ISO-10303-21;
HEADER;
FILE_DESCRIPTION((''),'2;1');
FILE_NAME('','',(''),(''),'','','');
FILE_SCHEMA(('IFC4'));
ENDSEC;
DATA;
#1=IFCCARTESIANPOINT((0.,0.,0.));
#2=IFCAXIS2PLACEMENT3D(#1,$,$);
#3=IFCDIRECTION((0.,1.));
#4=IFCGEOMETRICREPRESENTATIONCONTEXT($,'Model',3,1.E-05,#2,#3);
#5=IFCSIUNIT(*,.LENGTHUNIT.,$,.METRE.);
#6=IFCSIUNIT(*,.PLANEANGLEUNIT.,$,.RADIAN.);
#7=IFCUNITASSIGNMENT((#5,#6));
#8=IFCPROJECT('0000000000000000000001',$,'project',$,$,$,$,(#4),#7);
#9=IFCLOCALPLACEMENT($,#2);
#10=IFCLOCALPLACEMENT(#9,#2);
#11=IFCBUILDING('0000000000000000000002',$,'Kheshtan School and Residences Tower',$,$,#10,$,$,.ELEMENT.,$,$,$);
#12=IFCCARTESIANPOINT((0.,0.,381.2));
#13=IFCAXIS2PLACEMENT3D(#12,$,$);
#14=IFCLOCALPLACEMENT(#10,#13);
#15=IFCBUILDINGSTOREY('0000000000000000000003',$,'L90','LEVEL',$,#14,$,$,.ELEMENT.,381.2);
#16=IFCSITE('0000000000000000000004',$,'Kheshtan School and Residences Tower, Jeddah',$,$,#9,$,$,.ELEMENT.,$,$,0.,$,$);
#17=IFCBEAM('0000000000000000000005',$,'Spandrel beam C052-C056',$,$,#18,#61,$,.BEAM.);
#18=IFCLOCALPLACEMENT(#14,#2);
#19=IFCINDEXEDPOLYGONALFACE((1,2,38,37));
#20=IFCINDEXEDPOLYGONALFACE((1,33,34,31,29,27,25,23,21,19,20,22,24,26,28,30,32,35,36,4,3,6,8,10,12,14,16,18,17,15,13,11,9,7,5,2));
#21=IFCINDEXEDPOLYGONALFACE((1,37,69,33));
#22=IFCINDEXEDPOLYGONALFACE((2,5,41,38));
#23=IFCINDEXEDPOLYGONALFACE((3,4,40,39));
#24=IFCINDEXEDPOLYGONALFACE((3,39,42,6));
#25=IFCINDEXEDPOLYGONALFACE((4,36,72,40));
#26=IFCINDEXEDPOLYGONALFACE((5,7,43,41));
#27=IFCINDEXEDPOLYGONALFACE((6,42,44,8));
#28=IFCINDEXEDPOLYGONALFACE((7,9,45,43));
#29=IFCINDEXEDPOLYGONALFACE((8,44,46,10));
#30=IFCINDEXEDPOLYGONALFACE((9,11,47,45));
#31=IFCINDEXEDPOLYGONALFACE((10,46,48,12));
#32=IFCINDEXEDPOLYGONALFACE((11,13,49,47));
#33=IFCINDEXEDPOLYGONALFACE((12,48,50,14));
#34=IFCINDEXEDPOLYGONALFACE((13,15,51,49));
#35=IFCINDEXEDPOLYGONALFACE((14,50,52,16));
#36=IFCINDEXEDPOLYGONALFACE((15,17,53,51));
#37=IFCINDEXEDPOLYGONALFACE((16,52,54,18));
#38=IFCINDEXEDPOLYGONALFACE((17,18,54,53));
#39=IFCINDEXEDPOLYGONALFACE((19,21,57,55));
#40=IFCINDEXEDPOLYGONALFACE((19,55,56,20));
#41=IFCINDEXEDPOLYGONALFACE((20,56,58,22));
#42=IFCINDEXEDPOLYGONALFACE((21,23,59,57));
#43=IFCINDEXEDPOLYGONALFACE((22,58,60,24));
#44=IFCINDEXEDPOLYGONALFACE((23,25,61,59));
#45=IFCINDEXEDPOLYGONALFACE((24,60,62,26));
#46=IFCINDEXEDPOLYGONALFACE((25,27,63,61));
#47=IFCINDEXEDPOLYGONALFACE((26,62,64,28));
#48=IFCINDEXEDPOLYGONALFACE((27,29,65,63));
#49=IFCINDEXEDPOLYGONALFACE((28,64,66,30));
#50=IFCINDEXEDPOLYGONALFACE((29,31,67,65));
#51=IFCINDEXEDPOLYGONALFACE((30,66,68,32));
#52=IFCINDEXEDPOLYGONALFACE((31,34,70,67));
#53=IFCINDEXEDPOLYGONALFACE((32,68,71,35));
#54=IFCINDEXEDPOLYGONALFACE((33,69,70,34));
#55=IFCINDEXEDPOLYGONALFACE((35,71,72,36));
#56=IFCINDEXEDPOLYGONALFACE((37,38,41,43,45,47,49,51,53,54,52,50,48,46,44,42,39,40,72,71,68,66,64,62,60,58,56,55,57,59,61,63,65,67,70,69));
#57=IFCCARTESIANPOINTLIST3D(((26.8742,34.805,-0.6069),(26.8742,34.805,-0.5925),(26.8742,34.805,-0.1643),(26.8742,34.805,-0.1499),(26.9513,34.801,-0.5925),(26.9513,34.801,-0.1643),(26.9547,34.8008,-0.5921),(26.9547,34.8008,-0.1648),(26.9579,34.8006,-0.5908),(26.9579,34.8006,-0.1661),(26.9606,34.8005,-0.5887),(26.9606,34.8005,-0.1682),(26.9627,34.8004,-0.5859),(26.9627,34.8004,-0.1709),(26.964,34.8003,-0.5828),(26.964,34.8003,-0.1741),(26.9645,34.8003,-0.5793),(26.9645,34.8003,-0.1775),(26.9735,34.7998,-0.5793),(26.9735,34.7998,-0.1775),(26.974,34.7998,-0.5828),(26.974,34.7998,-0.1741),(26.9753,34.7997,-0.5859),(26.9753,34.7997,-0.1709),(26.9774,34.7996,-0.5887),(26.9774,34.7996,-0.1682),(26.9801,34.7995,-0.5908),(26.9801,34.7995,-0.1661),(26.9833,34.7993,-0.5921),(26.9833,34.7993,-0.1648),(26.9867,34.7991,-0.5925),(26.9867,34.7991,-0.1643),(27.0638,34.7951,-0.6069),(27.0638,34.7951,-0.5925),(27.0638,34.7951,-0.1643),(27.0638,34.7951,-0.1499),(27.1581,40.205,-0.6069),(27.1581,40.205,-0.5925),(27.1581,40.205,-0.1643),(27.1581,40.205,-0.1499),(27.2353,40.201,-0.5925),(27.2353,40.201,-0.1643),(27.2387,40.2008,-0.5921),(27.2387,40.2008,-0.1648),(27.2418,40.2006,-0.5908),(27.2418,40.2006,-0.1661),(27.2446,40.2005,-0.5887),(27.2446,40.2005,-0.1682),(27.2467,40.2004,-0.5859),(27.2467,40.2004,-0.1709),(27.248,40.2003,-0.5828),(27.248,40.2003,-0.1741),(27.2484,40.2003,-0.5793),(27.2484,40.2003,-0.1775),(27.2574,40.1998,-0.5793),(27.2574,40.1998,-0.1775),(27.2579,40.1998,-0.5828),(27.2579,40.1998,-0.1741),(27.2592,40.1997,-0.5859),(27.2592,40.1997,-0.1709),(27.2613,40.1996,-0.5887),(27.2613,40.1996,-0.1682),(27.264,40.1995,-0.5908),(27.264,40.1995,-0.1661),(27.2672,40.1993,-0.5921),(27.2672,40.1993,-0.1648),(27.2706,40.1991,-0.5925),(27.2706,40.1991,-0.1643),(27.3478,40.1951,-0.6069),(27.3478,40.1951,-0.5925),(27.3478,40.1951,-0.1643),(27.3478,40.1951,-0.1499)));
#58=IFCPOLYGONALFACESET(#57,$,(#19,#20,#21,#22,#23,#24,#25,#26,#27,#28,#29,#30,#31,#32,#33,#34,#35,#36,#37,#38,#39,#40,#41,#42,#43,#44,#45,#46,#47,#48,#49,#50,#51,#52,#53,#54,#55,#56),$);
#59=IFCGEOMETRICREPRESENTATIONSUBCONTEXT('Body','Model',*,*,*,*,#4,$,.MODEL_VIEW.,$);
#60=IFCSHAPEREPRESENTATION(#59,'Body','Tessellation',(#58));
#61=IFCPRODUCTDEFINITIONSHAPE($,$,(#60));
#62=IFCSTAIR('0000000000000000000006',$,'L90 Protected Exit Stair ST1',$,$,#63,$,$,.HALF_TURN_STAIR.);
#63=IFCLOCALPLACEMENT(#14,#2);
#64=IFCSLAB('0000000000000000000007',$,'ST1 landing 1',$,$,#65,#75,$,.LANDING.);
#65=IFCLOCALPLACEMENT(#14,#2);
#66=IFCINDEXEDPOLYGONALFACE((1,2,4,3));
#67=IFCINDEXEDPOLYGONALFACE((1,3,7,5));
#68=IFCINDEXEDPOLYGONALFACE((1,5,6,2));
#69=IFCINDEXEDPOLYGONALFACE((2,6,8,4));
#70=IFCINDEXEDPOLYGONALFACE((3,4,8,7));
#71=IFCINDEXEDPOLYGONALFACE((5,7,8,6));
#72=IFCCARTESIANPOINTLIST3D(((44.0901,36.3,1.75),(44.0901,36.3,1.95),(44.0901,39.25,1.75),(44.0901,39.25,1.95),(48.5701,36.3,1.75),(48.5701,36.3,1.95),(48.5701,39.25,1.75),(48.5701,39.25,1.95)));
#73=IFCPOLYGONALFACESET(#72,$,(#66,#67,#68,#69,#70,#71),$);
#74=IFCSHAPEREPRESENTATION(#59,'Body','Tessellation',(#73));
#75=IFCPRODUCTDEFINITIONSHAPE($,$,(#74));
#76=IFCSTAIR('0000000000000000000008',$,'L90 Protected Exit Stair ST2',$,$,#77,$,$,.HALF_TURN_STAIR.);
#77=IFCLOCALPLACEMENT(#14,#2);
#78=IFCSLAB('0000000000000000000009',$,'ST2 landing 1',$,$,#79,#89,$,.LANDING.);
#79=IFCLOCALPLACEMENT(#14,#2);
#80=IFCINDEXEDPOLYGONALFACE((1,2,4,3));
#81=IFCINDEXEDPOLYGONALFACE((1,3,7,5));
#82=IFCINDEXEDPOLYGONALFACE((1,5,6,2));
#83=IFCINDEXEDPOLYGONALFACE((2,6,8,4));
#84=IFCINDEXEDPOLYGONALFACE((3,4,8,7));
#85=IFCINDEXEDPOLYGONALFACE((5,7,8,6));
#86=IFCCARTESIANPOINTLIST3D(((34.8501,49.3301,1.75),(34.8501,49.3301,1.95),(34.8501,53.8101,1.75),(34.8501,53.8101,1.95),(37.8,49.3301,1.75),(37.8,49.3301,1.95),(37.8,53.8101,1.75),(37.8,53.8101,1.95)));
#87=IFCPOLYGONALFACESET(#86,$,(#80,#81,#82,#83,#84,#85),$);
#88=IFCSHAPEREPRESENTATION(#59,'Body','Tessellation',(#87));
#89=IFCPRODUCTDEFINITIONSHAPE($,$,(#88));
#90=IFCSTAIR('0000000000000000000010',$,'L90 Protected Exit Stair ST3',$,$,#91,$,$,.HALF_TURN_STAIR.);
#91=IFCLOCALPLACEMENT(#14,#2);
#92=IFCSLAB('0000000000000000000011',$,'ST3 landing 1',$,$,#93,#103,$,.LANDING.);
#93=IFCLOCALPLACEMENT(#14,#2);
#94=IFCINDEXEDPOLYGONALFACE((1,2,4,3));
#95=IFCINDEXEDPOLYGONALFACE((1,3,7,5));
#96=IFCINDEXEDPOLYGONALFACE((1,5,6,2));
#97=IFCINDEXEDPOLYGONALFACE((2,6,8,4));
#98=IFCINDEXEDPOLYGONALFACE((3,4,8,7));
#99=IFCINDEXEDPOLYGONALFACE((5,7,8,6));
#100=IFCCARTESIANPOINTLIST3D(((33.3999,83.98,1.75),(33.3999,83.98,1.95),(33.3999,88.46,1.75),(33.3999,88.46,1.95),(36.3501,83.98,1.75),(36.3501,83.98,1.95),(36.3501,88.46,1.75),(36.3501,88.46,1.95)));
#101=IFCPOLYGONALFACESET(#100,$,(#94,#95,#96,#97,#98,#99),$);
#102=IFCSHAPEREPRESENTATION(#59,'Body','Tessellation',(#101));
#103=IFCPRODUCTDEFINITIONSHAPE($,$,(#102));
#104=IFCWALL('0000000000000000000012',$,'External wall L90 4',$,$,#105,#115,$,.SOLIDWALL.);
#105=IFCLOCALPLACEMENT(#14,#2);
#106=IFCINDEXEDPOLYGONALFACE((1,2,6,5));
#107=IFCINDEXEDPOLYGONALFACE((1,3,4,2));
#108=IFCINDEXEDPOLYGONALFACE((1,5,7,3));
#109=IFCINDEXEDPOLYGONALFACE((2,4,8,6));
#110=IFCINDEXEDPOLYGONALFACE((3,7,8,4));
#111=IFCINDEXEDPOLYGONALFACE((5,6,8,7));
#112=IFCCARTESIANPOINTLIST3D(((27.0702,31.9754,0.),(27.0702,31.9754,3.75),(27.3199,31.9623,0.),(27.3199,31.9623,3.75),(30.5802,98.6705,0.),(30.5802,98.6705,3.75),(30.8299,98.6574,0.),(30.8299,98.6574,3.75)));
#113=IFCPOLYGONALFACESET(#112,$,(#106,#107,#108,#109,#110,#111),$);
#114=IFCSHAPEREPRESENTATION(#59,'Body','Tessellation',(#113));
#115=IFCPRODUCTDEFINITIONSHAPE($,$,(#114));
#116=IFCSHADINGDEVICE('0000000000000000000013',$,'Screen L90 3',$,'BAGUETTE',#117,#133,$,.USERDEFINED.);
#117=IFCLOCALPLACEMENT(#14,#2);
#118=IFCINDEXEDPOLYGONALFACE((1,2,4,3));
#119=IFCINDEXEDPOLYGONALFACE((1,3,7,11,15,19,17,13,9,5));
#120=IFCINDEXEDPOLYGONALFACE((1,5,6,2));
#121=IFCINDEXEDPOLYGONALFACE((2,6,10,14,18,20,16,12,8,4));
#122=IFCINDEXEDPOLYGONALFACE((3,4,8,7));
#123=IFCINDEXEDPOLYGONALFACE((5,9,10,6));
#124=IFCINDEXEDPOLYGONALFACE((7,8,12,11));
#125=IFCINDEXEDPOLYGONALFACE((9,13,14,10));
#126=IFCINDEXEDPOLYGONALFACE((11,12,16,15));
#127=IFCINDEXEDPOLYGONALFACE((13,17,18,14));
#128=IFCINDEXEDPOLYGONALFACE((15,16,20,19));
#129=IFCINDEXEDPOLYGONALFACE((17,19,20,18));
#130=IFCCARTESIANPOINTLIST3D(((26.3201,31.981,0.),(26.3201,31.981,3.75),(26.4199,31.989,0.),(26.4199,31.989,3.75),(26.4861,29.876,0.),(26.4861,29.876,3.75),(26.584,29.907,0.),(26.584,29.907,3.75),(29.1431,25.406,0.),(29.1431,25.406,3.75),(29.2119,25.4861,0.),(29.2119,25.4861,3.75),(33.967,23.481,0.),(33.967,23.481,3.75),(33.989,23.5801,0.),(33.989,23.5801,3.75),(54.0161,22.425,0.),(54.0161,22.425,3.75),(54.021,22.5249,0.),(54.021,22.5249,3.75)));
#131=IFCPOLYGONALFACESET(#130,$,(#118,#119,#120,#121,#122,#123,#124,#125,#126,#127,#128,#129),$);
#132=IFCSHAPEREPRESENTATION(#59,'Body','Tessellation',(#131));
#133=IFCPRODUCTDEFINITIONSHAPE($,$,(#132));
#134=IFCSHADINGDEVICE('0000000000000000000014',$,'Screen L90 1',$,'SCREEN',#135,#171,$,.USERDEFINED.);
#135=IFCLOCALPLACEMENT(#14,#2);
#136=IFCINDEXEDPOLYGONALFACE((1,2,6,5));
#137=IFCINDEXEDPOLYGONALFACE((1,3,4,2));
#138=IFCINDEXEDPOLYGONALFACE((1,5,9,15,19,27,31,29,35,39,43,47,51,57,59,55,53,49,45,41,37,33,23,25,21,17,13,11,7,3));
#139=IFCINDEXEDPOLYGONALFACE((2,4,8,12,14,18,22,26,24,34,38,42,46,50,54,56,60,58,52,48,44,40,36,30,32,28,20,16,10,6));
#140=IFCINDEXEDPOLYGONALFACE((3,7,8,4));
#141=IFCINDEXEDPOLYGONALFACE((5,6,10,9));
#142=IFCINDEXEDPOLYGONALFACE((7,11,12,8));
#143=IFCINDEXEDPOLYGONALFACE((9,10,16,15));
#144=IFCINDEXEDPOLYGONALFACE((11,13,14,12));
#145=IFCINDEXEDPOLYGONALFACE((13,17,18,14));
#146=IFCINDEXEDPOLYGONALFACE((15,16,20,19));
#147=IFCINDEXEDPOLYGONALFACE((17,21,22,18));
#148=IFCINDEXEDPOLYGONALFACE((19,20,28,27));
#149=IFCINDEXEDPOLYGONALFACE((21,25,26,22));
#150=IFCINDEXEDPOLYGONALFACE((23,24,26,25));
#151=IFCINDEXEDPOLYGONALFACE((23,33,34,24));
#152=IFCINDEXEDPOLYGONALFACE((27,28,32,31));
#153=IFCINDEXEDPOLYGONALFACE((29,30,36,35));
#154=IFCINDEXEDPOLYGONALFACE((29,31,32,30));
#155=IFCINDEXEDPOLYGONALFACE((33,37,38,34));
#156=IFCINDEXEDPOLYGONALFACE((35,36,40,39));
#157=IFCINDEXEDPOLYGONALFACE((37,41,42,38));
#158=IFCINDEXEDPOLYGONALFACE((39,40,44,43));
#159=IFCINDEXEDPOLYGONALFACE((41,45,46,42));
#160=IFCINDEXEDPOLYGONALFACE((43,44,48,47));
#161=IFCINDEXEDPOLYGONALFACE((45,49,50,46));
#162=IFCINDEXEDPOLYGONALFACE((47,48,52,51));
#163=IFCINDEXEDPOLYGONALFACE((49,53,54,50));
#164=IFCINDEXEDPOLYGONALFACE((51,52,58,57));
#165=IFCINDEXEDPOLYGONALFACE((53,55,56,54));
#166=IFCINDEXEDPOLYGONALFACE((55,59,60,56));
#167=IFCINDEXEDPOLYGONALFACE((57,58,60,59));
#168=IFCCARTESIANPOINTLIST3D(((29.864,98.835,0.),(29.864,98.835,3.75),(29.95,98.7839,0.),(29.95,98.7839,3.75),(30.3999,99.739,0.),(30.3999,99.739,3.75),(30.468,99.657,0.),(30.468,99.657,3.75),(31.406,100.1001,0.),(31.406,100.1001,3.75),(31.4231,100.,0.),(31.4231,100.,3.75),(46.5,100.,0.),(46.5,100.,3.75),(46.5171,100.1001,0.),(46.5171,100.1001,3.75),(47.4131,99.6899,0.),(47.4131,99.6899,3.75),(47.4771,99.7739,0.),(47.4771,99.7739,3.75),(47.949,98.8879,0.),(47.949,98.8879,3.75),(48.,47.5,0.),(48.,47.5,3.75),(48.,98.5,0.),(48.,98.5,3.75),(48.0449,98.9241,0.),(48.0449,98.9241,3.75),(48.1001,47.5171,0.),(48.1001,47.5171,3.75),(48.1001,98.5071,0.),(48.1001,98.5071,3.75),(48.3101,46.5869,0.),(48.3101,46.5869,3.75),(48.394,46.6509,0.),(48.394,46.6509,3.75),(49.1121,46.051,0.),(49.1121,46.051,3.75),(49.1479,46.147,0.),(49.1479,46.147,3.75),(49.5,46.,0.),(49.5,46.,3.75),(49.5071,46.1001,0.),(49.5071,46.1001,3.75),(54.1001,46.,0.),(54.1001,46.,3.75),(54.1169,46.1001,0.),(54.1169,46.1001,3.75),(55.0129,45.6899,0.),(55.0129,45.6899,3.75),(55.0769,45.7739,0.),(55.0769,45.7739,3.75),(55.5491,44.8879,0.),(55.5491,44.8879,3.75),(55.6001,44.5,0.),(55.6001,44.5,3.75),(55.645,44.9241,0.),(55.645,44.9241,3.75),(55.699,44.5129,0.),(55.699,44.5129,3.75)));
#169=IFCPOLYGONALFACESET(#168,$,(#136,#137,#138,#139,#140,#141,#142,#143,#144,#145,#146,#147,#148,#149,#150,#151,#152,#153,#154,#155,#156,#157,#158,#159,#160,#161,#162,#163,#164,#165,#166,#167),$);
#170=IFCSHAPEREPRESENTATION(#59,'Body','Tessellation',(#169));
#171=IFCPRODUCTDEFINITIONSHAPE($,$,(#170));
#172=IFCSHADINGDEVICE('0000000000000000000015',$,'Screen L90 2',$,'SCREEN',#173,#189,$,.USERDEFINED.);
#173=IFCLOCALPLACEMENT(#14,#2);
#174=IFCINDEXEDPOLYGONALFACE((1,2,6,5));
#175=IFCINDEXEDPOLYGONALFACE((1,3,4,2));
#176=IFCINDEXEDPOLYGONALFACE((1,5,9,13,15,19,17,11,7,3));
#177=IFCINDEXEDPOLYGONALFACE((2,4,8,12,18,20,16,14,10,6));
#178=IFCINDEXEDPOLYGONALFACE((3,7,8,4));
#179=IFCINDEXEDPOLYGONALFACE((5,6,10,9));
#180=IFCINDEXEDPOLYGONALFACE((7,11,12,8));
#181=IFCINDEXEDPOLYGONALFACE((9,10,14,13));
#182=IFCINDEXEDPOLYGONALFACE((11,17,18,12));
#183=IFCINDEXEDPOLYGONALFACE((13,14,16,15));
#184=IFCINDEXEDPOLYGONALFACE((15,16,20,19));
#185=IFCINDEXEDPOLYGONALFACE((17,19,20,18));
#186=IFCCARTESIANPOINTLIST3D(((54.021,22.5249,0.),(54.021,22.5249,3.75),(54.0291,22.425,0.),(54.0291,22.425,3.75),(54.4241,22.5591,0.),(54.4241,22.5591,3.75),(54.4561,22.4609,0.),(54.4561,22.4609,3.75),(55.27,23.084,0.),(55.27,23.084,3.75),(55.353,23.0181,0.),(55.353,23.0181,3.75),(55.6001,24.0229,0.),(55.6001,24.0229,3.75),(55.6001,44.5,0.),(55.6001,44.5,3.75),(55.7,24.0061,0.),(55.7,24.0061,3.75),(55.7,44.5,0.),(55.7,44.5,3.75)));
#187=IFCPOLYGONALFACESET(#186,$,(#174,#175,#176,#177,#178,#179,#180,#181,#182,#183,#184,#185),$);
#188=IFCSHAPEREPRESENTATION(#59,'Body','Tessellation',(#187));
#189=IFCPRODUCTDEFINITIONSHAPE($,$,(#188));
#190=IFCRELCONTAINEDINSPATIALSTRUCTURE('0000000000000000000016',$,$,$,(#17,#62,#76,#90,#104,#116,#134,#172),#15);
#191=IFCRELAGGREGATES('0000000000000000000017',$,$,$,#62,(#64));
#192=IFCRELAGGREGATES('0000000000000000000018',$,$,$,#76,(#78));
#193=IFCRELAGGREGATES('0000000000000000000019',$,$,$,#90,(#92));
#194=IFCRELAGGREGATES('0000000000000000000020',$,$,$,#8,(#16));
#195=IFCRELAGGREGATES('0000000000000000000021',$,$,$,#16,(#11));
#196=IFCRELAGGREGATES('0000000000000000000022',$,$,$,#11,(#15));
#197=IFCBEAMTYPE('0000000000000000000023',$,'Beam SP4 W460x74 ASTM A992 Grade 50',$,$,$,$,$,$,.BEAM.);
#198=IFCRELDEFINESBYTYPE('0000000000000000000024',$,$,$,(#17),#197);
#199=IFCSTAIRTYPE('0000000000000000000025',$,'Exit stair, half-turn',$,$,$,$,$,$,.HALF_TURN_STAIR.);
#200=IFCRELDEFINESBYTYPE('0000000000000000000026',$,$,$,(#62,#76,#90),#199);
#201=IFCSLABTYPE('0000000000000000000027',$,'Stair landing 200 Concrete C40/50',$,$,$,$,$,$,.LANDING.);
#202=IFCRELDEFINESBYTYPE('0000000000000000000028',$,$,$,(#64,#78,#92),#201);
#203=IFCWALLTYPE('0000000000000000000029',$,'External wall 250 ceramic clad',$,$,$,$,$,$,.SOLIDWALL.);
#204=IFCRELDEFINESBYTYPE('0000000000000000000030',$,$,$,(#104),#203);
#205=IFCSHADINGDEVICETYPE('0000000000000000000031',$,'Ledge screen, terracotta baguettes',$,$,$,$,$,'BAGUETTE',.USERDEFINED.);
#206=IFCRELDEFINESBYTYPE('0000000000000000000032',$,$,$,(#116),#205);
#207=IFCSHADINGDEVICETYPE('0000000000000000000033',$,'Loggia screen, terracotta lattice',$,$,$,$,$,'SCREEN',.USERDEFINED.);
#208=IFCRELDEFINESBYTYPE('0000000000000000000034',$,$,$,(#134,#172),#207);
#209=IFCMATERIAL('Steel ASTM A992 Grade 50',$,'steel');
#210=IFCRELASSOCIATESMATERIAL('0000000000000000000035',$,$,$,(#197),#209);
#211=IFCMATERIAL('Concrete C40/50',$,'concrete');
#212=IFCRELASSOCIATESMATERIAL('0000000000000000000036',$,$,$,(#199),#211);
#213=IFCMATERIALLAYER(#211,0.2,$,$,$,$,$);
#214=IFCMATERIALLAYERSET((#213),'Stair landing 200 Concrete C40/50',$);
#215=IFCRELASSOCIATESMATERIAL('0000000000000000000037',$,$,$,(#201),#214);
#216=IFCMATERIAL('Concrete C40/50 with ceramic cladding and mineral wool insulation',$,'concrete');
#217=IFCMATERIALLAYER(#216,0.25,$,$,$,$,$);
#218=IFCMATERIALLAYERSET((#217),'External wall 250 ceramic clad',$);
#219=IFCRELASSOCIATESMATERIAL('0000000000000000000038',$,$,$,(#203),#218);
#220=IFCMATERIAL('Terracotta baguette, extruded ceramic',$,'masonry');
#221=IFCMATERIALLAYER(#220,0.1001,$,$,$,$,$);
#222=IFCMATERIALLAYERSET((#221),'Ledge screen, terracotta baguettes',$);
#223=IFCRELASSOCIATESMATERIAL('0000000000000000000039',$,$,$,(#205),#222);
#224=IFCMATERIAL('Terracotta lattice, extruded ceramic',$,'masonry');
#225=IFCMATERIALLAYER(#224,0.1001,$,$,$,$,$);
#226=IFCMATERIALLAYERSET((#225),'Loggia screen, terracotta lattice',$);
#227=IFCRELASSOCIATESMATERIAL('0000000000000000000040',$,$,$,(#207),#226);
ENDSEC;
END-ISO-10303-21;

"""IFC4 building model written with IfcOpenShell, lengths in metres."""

from ifc_helpers import new_model, si_unit, direction, frame, frame_2d, origin, origin_2d, place, context, subcontext, project, spatial, polyline, rectangle, i_section, outline, extrude, material, layer, layer_set, material_profile, profile_set, type_object, element, aggregate, save


model = new_model("IFC4")

# Units and contexts
model_context = context("Model", 3, precision=1e-05, world=origin(), true_north=direction((0.0, 1.0)))
body_context = subcontext(model_context, "Body", "Model", "MODEL_VIEW")
ifc_project = project(units=[si_unit("LENGTHUNIT", "METRE"), si_unit("PLANEANGLEUNIT", "RADIAN")], contexts=[model_context])

# Site, building, storey
site_placement = place(None, origin())
site = spatial("IfcSite", under=ifc_project, at=site_placement, Name="Kheshtan School and Residences Tower, Jeddah", CompositionType="ELEMENT", RefElevation=0.0)
building_placement = place(site_placement, origin())
building = spatial("IfcBuilding", under=site, at=building_placement, Name="Kheshtan School and Residences Tower", CompositionType="ELEMENT")
storey_placement = place(building_placement, frame((0.0, 0.0, 381.2)))
storey = spatial("IfcBuildingStorey", under=building, at=storey_placement, Name="L90", Description="LEVEL", CompositionType="ELEMENT", Elevation=381.2)

# Shared definitions
ifc_material_1 = material(Name="Steel ASTM A992 Grade 50", Category="steel")

# Beam
ifc_material_profile_1 = material_profile(ifc_material_1, i_section(OverallWidth=0.1899, OverallDepth=0.457, WebThickness=0.009, FlangeThickness=0.0144, FilletRadius=0.0132, at=origin_2d()), Name="W460x74")
ifc_profile_set_1 = profile_set([ifc_material_profile_1], Name="Steel ASTM A992 Grade 50")
beam_type_1 = type_object("IfcBeamType", Name="Beam SP4 W460x74 ASTM A992 Grade 50", PredefinedType="BEAM", material=ifc_profile_set_1)
beam_1_placement = place(storey_placement, frame((26.969, 34.8, -0.3784), z_axis=(0.052509, 0.99862, 0.0), x_axis=(-0.99862, 0.052509, 0.0)))
element("IfcBeam", 1, at=beam_1_placement, inside=storey, type_object=beam_type_1, Name="Spandrel beam C052-C056", PredefinedType="BEAM", context=body_context, shape_type="SweptSolid", body=[
    extrude(i_section(OverallWidth=0.1899, OverallDepth=0.457, WebThickness=0.009, FlangeThickness=0.0144, FilletRadius=0.0132, at=origin_2d()), origin(), (0.0, 0.0, 1.0), 5.4075),
])

# Shared definitions
ifc_material_2 = material(Name="Concrete C40/50", Category="concrete")

# Stairs, slabs
stair_type = type_object("IfcStairType", Name="Exit stair, half-turn", PredefinedType="HALF_TURN_STAIR", material=ifc_material_2)
stair_1_placement = place(storey_placement, origin())
stair_1 = element("IfcStair", 2, at=stair_1_placement, inside=storey, type_object=stair_type, Name="L90 Protected Exit Stair ST1", PredefinedType="HALF_TURN_STAIR")
ifc_layer_1 = layer(ifc_material_2, 0.2)
ifc_layer_set_1 = layer_set([ifc_layer_1], Name="Stair landing 200 Concrete C40/50")
slab_type_1 = type_object("IfcSlabType", Name="Stair landing 200 Concrete C40/50", PredefinedType="LANDING", material=ifc_layer_set_1)
slab_1_placement = place(storey_placement, frame((0.0, 0.0, 1.75)))
slab_1 = element("IfcSlab", 3, at=slab_1_placement, type_object=slab_type_1, Name="ST1 landing 1", PredefinedType="LANDING", context=body_context, shape_type="SweptSolid", body=[
    extrude(outline(polyline([(48.5701, 39.25), (44.0901, 39.25), (44.0901, 36.3), (48.5701, 36.3), (48.5701, 39.25)])), origin(), (0.0, 0.0, 1.0), 0.2),
])
aggregate(stair_1, [slab_1])
stair_2_placement = place(storey_placement, origin())
stair_2 = element("IfcStair", 4, at=stair_2_placement, inside=storey, type_object=stair_type, Name="L90 Protected Exit Stair ST2", PredefinedType="HALF_TURN_STAIR")
slab_2_placement = place(storey_placement, frame((0.0, 0.0, 1.75)))
slab_2 = element("IfcSlab", 5, at=slab_2_placement, type_object=slab_type_1, Name="ST2 landing 1", PredefinedType="LANDING", context=body_context, shape_type="SweptSolid", body=[
    extrude(outline(polyline([(37.8, 49.3301), (37.8, 53.8101), (34.8501, 53.8101), (34.8501, 49.3301), (37.8, 49.3301)])), origin(), (0.0, 0.0, 1.0), 0.2),
])
aggregate(stair_2, [slab_2])
stair_3_placement = place(storey_placement, origin())
stair_3 = element("IfcStair", 6, at=stair_3_placement, inside=storey, type_object=stair_type, Name="L90 Protected Exit Stair ST3", PredefinedType="HALF_TURN_STAIR")
slab_3_placement = place(storey_placement, frame((0.0, 0.0, 1.75)))
slab_3 = element("IfcSlab", 7, at=slab_3_placement, type_object=slab_type_1, Name="ST3 landing 1", PredefinedType="LANDING", context=body_context, shape_type="SweptSolid", body=[
    extrude(outline(polyline([(36.3501, 83.98), (36.3501, 88.46), (33.3999, 88.46), (33.3999, 83.98), (36.3501, 83.98)])), origin(), (0.0, 0.0, 1.0), 0.2),
])
aggregate(stair_3, [slab_3])

# Wall
ifc_material_3 = material(Name="Concrete C40/50 with ceramic cladding and mineral wool insulation", Category="concrete")
ifc_layer_2 = layer(ifc_material_3, 0.25)
ifc_layer_set_2 = layer_set([ifc_layer_2], Name="External wall 250 ceramic clad")
wall_type = type_object("IfcWallType", Name="External wall 250 ceramic clad", PredefinedType="SOLIDWALL", material=ifc_layer_set_2)
wall_placement = place(storey_placement, frame((27.1951, 31.969, 0.0), z_axis=(0.0, 0.0, 1.0), x_axis=(0.052555, 0.998618, 0.0)))
element("IfcWall", 8, at=wall_placement, inside=storey, type_object=wall_type, Name="External wall L90 4", PredefinedType="SOLIDWALL", context=body_context, shape_type="SweptSolid", body=[
    extrude(rectangle(XDim=66.7874, YDim=0.25, at=frame_2d((33.3936, 0.0))), origin(), (0.0, 0.0, 1.0), 3.75),
])

# Shading devices
ifc_material_4 = material(Name="Terracotta baguette, extruded ceramic", Category="masonry")
ifc_layer_3 = layer(ifc_material_4, 0.1001)
ifc_layer_set_3 = layer_set([ifc_layer_3], Name="Ledge screen, terracotta baguettes")
shading_device_type_1 = type_object("IfcShadingDeviceType", Name="Ledge screen, terracotta baguettes", ElementType="BAGUETTE", PredefinedType="USERDEFINED", material=ifc_layer_set_3)
shading_device_1_placement = place(storey_placement, origin())
element("IfcShadingDevice", 9, at=shading_device_1_placement, inside=storey, type_object=shading_device_type_1, Name="Screen L90 3", ObjectType="BAGUETTE", PredefinedType="USERDEFINED", context=body_context, shape_type="SweptSolid", body=[
    extrude(outline(polyline([(54.021, 22.5249), (33.989, 23.5801), (29.2119, 25.4861), (26.584, 29.907), (26.4199, 31.989), (26.3201, 31.981), (26.4861, 29.876), (29.1431, 25.406), (33.967, 23.481), (54.0161, 22.425), (54.021, 22.5249)])), origin(), (0.0, 0.0, 1.0), 3.75),
])
ifc_material_5 = material(Name="Terracotta lattice, extruded ceramic", Category="masonry")
ifc_layer_4 = layer(ifc_material_5, 0.1001)
ifc_layer_set_4 = layer_set([ifc_layer_4], Name="Loggia screen, terracotta lattice")
shading_device_type_2 = type_object("IfcShadingDeviceType", Name="Loggia screen, terracotta lattice", ElementType="SCREEN", PredefinedType="USERDEFINED", material=ifc_layer_set_4)
shading_device_2_placement = place(storey_placement, origin())
element("IfcShadingDevice", 10, at=shading_device_2_placement, inside=storey, type_object=shading_device_type_2, Name="Screen L90 1", ObjectType="SCREEN", PredefinedType="USERDEFINED", context=body_context, shape_type="SweptSolid", body=[
    extrude(outline(polyline([(29.95, 98.7839), (30.468, 99.657), (31.4231, 100.0), (46.5, 100.0), (47.4131, 99.6899), (47.949, 98.8879), (48.0, 98.5), (48.0, 47.5), (48.3101, 46.5869), (49.1121, 46.051), (49.5, 46.0), (54.1001, 46.0), (55.0129, 45.6899), (55.5491, 44.8879), (55.6001, 44.5), (55.699, 44.5129), (55.645, 44.9241), (55.0769, 45.7739), (54.1169, 46.1001), (49.5071, 46.1001), (49.1479, 46.147), (48.394, 46.6509), (48.1001, 47.5171), (48.1001, 98.5071), (48.0449, 98.9241), (47.4771, 99.7739), (46.5171, 100.1001), (31.406, 100.1001), (30.3999, 99.739), (29.864, 98.835), (29.95, 98.7839)])), origin(), (0.0, 0.0, 1.0), 3.75),
])
shading_device_3_placement = place(storey_placement, origin())
element("IfcShadingDevice", 11, at=shading_device_3_placement, inside=storey, type_object=shading_device_type_2, Name="Screen L90 2", ObjectType="SCREEN", PredefinedType="USERDEFINED", context=body_context, shape_type="SweptSolid", body=[
    extrude(outline(polyline([(55.6001, 44.5), (55.6001, 24.0229), (55.27, 23.084), (54.4241, 22.5591), (54.021, 22.5249), (54.0291, 22.425), (54.4561, 22.4609), (55.353, 23.0181), (55.7, 24.0061), (55.7, 44.5), (55.6001, 44.5)])), origin(), (0.0, 0.0, 1.0), 3.75),
])

save(model, "model.ifc")
